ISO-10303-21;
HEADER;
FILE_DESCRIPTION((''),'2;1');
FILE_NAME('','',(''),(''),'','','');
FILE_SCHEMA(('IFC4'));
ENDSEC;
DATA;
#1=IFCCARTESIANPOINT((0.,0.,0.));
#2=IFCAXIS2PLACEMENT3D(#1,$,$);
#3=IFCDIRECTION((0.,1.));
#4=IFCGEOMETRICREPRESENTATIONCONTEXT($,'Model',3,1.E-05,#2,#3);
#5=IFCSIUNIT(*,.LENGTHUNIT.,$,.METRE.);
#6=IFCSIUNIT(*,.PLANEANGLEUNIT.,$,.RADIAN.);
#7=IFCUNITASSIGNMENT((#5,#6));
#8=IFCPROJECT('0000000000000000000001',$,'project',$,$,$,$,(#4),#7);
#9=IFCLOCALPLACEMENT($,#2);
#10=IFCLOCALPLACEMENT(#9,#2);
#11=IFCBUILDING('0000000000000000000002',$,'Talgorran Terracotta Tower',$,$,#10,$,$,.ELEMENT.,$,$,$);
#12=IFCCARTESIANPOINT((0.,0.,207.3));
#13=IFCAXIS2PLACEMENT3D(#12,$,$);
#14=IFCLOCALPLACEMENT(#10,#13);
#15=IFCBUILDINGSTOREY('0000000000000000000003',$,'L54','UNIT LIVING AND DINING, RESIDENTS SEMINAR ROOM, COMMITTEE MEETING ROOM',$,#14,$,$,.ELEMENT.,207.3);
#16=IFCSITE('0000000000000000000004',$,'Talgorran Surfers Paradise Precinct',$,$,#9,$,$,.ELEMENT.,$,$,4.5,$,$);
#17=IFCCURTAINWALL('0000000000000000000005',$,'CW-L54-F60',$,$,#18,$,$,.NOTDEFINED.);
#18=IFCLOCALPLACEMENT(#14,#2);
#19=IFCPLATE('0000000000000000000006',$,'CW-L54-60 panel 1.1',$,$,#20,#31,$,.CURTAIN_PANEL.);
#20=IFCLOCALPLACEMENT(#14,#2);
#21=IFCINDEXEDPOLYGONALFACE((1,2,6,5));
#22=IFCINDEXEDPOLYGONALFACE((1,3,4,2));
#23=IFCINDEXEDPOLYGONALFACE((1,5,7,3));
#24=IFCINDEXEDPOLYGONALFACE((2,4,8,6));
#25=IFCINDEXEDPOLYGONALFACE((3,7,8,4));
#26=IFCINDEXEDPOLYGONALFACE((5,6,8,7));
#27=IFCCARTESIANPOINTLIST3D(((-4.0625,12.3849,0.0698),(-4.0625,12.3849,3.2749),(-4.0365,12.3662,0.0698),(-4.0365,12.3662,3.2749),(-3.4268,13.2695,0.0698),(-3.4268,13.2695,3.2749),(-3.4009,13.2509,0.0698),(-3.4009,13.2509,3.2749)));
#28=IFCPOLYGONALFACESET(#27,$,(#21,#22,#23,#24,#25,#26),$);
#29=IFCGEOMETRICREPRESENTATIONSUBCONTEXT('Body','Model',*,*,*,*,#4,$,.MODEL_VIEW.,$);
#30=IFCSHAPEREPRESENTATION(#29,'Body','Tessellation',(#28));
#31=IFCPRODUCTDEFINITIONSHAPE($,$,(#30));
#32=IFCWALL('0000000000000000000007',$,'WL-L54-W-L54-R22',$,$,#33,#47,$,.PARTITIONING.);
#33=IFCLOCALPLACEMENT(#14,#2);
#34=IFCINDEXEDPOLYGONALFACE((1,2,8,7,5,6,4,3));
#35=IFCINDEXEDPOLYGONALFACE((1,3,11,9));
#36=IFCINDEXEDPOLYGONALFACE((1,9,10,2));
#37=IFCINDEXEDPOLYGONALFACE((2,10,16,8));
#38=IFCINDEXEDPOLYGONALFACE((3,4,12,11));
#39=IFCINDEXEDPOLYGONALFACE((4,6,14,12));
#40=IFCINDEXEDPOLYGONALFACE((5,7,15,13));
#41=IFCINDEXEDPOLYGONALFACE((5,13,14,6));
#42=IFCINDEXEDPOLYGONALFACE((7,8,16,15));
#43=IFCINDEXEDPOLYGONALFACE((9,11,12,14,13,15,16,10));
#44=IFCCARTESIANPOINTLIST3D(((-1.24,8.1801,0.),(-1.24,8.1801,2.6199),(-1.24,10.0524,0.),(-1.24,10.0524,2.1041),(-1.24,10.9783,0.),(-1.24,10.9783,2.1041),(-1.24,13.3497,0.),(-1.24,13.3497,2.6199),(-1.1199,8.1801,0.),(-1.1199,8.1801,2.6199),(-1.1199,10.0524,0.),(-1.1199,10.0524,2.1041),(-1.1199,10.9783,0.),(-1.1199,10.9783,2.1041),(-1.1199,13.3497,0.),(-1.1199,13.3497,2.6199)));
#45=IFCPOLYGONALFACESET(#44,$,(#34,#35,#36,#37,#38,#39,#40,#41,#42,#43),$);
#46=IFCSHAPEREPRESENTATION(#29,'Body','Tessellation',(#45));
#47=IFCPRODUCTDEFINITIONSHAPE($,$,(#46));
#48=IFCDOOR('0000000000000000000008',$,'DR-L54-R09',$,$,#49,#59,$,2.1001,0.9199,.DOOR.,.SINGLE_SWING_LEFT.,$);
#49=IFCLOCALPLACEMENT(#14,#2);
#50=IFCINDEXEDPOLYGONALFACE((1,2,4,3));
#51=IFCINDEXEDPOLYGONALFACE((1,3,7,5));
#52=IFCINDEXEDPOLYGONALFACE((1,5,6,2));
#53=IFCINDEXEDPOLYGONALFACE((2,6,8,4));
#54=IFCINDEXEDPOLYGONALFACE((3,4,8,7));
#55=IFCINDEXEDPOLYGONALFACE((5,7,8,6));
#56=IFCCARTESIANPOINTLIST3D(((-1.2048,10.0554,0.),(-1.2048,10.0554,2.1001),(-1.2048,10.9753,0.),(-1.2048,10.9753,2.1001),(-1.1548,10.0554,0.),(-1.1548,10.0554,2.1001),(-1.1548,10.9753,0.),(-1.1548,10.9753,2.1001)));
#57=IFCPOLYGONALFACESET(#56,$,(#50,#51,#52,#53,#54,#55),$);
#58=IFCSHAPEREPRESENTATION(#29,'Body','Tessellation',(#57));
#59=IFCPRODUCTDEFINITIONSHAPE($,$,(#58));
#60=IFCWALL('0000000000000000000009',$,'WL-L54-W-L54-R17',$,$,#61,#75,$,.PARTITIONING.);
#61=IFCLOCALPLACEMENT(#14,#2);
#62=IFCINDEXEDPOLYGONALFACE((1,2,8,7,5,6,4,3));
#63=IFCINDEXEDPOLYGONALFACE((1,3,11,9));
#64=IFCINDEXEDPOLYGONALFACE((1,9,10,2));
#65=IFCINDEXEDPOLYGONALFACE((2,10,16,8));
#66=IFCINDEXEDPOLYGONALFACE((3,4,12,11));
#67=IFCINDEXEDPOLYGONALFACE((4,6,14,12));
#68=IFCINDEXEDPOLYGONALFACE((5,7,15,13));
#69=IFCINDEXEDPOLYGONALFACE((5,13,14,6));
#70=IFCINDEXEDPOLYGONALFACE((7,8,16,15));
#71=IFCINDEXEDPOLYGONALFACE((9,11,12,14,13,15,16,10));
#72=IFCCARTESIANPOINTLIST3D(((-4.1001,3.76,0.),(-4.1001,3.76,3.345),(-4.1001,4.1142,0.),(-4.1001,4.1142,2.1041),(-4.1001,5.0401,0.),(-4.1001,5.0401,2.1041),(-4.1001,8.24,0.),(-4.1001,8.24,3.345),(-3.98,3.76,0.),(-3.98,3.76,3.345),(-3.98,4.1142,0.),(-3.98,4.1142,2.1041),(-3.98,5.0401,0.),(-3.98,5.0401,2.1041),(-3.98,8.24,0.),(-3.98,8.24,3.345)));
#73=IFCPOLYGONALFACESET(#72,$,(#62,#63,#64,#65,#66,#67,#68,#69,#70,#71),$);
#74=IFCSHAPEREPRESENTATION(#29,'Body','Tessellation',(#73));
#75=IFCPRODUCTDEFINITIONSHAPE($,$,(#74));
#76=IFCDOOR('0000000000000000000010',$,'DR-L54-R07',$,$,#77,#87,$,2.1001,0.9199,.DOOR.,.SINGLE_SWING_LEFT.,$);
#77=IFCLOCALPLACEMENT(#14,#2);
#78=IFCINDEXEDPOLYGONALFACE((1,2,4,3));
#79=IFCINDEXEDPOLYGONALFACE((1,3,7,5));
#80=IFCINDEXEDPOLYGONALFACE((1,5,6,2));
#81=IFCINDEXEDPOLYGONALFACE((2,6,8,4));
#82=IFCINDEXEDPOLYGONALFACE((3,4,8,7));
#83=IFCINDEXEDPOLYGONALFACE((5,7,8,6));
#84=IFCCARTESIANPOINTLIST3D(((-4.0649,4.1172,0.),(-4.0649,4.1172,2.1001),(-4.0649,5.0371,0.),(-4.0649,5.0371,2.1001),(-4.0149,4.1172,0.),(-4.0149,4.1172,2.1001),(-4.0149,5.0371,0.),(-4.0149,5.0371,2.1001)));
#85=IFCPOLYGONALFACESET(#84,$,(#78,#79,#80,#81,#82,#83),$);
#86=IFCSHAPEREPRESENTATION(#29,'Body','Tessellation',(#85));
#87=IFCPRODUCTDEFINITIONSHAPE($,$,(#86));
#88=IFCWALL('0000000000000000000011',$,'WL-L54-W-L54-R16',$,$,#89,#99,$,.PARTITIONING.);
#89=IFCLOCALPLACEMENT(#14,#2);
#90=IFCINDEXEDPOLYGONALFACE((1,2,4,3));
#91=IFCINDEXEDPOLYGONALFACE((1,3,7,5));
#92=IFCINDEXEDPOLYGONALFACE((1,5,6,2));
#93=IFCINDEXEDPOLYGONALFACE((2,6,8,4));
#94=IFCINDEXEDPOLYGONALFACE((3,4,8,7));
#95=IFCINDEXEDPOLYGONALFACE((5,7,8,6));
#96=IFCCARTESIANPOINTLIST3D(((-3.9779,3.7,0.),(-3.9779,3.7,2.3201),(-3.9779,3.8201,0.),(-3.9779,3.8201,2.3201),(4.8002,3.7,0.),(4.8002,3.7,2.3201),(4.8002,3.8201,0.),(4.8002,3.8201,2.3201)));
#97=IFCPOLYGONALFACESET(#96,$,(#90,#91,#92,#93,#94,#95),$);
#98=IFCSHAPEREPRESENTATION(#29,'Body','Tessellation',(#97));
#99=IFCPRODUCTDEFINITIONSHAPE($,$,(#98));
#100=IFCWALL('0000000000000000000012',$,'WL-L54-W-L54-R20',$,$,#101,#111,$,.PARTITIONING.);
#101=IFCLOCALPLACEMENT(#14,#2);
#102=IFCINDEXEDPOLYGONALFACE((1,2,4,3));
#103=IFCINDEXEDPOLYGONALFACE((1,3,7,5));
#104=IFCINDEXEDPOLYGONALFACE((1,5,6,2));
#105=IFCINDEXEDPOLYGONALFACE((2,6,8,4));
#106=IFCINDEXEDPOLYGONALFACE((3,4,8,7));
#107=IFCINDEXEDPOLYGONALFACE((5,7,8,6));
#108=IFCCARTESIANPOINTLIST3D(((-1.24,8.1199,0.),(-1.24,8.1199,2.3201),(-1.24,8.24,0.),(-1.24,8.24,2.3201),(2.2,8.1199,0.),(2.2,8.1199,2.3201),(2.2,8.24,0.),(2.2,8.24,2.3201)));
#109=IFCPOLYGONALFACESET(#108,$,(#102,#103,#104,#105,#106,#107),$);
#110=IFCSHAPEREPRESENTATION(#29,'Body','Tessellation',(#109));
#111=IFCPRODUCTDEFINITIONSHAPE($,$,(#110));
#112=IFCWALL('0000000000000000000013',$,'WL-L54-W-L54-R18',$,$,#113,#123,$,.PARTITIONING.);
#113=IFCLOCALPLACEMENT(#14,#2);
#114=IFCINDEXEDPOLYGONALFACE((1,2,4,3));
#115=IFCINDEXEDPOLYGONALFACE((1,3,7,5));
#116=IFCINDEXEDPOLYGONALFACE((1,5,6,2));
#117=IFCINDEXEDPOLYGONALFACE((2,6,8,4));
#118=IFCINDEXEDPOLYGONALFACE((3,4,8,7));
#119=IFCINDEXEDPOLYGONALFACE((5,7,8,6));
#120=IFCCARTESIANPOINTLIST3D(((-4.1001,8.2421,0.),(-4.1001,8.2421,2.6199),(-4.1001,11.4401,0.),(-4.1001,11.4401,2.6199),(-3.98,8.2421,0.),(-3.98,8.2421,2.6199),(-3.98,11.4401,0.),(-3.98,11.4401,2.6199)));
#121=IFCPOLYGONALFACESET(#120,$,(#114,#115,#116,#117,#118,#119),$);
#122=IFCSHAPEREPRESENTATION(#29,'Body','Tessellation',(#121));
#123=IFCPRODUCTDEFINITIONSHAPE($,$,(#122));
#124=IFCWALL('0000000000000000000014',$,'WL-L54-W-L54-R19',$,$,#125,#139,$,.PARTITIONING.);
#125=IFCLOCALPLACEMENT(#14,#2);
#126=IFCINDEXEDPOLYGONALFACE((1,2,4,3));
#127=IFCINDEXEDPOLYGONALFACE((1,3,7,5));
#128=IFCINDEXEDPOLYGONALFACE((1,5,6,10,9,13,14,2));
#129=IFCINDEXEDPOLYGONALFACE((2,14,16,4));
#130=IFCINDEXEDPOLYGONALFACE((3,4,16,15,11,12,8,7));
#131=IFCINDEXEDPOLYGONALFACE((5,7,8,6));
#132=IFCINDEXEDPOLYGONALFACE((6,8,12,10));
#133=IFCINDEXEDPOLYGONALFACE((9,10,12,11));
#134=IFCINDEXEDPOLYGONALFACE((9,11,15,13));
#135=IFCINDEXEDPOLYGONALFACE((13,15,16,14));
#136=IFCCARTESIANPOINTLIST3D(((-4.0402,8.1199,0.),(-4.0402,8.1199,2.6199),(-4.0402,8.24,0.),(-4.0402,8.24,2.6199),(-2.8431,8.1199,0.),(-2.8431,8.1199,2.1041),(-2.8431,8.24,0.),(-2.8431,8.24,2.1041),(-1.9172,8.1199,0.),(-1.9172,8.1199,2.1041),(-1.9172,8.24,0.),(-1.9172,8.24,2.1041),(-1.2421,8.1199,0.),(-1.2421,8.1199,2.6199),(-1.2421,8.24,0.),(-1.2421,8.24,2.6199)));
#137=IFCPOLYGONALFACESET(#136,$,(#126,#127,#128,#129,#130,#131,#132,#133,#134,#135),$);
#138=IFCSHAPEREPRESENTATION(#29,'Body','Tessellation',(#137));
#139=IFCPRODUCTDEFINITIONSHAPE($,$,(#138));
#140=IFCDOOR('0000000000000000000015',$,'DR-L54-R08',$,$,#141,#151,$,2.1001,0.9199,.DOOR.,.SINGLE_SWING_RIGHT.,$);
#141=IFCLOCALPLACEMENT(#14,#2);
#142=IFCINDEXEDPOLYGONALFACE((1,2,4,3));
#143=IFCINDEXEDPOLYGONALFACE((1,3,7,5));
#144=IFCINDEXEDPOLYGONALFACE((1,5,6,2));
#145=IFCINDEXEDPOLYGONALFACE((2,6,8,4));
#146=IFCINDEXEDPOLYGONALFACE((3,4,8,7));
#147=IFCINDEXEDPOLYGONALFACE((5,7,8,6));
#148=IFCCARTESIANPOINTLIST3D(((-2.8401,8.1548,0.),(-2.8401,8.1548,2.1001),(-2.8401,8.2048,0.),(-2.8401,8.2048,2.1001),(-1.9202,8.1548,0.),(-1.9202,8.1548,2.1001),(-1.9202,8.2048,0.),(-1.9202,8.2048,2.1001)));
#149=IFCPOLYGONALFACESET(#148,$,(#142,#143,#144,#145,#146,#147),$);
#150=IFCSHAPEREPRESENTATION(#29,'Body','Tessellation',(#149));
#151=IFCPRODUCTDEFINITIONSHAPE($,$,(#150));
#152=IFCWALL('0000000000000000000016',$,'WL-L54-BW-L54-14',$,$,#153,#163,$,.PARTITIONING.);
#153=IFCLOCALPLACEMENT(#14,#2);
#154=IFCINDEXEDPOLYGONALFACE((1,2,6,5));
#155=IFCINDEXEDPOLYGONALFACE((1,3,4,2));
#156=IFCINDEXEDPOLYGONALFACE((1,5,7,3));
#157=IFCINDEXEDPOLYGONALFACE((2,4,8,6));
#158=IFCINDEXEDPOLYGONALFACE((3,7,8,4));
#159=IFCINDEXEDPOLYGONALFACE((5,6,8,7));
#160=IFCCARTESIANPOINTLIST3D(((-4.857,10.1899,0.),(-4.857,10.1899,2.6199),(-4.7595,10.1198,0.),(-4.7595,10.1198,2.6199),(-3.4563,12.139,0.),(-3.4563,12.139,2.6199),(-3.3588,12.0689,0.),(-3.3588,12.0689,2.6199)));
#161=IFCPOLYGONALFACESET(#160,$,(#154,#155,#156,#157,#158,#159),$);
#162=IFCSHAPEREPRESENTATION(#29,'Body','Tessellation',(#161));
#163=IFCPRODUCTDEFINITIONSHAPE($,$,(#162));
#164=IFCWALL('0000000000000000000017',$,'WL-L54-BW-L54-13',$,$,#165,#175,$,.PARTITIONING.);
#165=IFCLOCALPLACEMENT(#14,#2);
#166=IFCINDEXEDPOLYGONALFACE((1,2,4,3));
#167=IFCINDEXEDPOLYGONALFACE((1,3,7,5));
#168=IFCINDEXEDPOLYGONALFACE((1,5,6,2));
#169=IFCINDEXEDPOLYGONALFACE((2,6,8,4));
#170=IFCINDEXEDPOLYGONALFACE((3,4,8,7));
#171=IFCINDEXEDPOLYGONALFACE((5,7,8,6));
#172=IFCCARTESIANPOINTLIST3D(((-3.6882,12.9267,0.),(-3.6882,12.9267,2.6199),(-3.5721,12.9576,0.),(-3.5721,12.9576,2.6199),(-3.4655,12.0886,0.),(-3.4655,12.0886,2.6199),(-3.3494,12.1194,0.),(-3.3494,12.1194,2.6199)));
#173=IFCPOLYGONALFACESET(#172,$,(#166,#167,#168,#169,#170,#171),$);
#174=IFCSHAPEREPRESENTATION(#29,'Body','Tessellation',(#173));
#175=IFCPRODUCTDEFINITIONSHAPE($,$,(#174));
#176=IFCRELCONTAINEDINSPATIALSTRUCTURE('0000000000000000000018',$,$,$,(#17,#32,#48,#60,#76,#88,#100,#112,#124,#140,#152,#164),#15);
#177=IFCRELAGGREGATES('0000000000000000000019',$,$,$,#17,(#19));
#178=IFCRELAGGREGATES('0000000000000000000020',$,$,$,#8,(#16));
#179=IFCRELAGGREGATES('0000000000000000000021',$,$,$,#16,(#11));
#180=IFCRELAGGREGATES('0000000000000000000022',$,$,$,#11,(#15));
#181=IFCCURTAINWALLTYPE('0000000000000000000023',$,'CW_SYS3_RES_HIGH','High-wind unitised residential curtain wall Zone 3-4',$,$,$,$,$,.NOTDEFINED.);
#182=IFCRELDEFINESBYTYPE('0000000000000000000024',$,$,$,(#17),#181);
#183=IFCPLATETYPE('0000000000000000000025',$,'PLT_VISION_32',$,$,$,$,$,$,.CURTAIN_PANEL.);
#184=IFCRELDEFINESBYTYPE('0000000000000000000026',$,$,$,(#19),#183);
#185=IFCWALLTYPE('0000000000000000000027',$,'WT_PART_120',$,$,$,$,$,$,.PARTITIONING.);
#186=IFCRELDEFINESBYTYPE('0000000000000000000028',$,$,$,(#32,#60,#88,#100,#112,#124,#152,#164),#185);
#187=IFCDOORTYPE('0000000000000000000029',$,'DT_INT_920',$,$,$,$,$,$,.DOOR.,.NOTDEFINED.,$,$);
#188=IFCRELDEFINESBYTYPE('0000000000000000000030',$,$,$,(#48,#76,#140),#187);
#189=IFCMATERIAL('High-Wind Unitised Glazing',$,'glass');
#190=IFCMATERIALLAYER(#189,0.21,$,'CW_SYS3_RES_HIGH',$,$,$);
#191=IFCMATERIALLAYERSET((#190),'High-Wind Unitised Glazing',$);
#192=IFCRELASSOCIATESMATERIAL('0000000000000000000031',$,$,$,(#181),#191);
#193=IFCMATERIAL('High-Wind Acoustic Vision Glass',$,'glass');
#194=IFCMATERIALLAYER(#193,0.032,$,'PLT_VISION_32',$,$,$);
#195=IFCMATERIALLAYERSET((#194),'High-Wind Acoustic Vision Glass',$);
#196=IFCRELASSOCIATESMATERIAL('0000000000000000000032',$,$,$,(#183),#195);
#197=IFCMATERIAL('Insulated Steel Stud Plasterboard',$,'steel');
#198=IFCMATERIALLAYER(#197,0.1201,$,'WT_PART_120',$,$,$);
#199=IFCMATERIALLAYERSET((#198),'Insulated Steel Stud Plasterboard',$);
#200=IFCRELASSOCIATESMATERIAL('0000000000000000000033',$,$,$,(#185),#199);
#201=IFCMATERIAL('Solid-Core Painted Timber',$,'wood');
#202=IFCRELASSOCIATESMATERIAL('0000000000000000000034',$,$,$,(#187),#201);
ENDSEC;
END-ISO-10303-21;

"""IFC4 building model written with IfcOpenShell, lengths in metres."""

from ifc_helpers import new_model, si_unit, direction, frame, frame_2d, origin, origin_2d, place, context, subcontext, project, spatial, rectangle, extrude, source, transform, mapped, material, layer, layer_set, type_object, type_shapes, element, fill, aggregate, save


model = new_model("IFC4")

# Units and contexts
model_context = context("Model", 3, precision=1e-05, world=origin(), true_north=direction((0.0, 1.0)))
body_context = subcontext(model_context, "Body", "Model", "MODEL_VIEW")
ifc_project = project(units=[si_unit("LENGTHUNIT", "METRE"), si_unit("PLANEANGLEUNIT", "RADIAN")], contexts=[model_context])

# Site, building, storey
site_placement = place(None, origin())
site = spatial("IfcSite", under=ifc_project, at=site_placement, Name="Talgorran Surfers Paradise Precinct", CompositionType="ELEMENT", RefElevation=4.5)
building_placement = place(site_placement, origin())
building = spatial("IfcBuilding", under=site, at=building_placement, Name="Talgorran Terracotta Tower", CompositionType="ELEMENT")
storey_placement = place(building_placement, frame((0.0, 0.0, 207.3)))
storey = spatial("IfcBuildingStorey", under=building, at=storey_placement, Name="L54", Description="UNIT LIVING AND DINING, RESIDENTS SEMINAR ROOM, COMMITTEE MEETING ROOM", CompositionType="ELEMENT", Elevation=207.3)

# Shared definitions
ifc_material_1 = material(Name="High-Wind Unitised Glazing", Category="glass")
ifc_layer_1 = layer(ifc_material_1, 0.21, Name="CW_SYS3_RES_HIGH")
ifc_layer_set_1 = layer_set([ifc_layer_1], Name="High-Wind Unitised Glazing")
curtain_wall_type = type_object("IfcCurtainWallType", Name="CW_SYS3_RES_HIGH", Description="High-wind unitised residential curtain wall Zone 3-4", PredefinedType="NOTDEFINED", material=ifc_layer_set_1)

# Curtain wall
curtain_wall_1_placement = place(storey_placement, origin())
curtain_wall_1 = element("IfcCurtainWall", 1, at=curtain_wall_1_placement, inside=storey, type_object=curtain_wall_type, Name="CW-L54-F60", PredefinedType="NOTDEFINED")

# Plate
ifc_material_2 = material(Name="High-Wind Acoustic Vision Glass", Category="glass")
ifc_layer_2 = layer(ifc_material_2, 0.032, Name="PLT_VISION_32")
ifc_layer_set_2 = layer_set([ifc_layer_2], Name="High-Wind Acoustic Vision Glass")
plate_type_1 = type_object("IfcPlateType", Name="PLT_VISION_32", PredefinedType="CURTAIN_PANEL", material=ifc_layer_set_2)
shared_shape = source(origin(), body_context, "Body", "SweptSolid", [
    extrude(rectangle(XDim=1.0894, YDim=0.032, at=origin_2d()), origin(), (0.0, 0.0, 1.0), 3.2051),
])
type_shapes(plate_type_1, [shared_shape])
plate_1_placement = place(storey_placement, frame((-3.7317, 12.8179, 0.0698), z_axis=(0.0, 0.0, 1.0), x_axis=(-0.583529, -0.812092, 0.0)))
plate_1 = element("IfcPlate", 2, at=plate_1_placement, type_object=plate_type_1, Name="CW-L54-60 panel 1.1", PredefinedType="CURTAIN_PANEL", context=body_context, shape_type="MappedRepresentation", body=[
    mapped(shared_shape, transform((0.0, 0.0, 0.0), scale=1.0)),
])
aggregate(curtain_wall_1, [plate_1])

# Walls, openings, doors
ifc_material_3 = material(Name="Insulated Steel Stud Plasterboard", Category="steel")
ifc_layer_3 = layer(ifc_material_3, 0.1201, Name="WT_PART_120")
ifc_layer_set_3 = layer_set([ifc_layer_3], Name="Insulated Steel Stud Plasterboard")
wall_type = type_object("IfcWallType", Name="WT_PART_120", PredefinedType="PARTITIONING", material=ifc_layer_set_3)
wall_1_placement = place(storey_placement, frame((-1.1799, 8.1799, 0.0), z_axis=(0.0, 0.0, 1.0), x_axis=(0.0, 1.0, 0.0)))
wall_1 = element("IfcWall", 3, at=wall_1_placement, inside=storey, type_object=wall_type, Name="WL-L54-W-L54-R22", PredefinedType="PARTITIONING", context=body_context, shape_type="SweptSolid", body=[
    extrude(rectangle(XDim=5.1697, YDim=0.1201, at=frame_2d((2.585, 0.0))), origin(), (0.0, 0.0, 1.0), 2.6199),
])
opening_1_placement = place(wall_1_placement, frame((1.8755, 0.0, 0.0)))
opening_1 = element("IfcOpeningElement", 4, at=opening_1_placement, cuts=wall_1, PredefinedType="OPENING", context=body_context, shape_type="SweptSolid", body=[
    extrude(rectangle(XDim=0.9259, YDim=2.1041, at=frame_2d((0.46, 1.052))), frame((0.0, 0.0701, 0.0), z_axis=(0.0, -1.0, 0.0), x_axis=(1.0, 0.0, 0.0)), (0.0, 0.0, 1.0), 0.1401),
])
ifc_material_4 = material(Name="Solid-Core Painted Timber", Category="wood")
door_type = type_object("IfcDoorType", Name="DT_INT_920", OperationType="NOTDEFINED", PredefinedType="DOOR", material=ifc_material_4)
door_1_placement = place(opening_1_placement, origin())
door_1 = element("IfcDoor", 5, at=door_1_placement, inside=storey, type_object=door_type, Name="DR-L54-R09", OperationType="SINGLE_SWING_LEFT", OverallHeight=2.1001, OverallWidth=0.9199, PredefinedType="DOOR", context=body_context, shape_type="SweptSolid", body=[
    extrude(rectangle(XDim=0.9199, YDim=2.1001, at=frame_2d((0.46, 1.05))), frame((0.0, 0.0249, 0.0), z_axis=(0.0, -1.0, 0.0), x_axis=(1.0, 0.0, 0.0)), (0.0, 0.0, 1.0), 0.05),
])
fill(opening_1, door_1)
wall_2_placement = place(storey_placement, frame((-4.04, 3.76, 0.0), z_axis=(0.0, 0.0, 1.0), x_axis=(0.0, 1.0, 0.0)))
wall_2 = element("IfcWall", 6, at=wall_2_placement, inside=storey, type_object=wall_type, Name="WL-L54-W-L54-R17", PredefinedType="PARTITIONING", context=body_context, shape_type="SweptSolid", body=[
    extrude(rectangle(XDim=4.48, YDim=0.1201, at=frame_2d((2.24, 0.0))), origin(), (0.0, 0.0, 1.0), 3.345),
])
opening_2_placement = place(wall_2_placement, frame((0.3572, 0.0, 0.0)))
opening_2 = element("IfcOpeningElement", 7, at=opening_2_placement, cuts=wall_2, PredefinedType="OPENING", context=body_context, shape_type="SweptSolid", body=[
    extrude(rectangle(XDim=0.9259, YDim=2.1041, at=frame_2d((0.46, 1.052))), frame((0.0, 0.0701, 0.0), z_axis=(0.0, -1.0, 0.0), x_axis=(1.0, 0.0, 0.0)), (0.0, 0.0, 1.0), 0.1401),
])
door_2_placement = place(opening_2_placement, origin())
door_2 = element("IfcDoor", 8, at=door_2_placement, inside=storey, type_object=door_type, Name="DR-L54-R07", OperationType="SINGLE_SWING_LEFT", OverallHeight=2.1001, OverallWidth=0.9199, PredefinedType="DOOR", context=body_context, shape_type="SweptSolid", body=[
    extrude(rectangle(XDim=0.9199, YDim=2.1001, at=frame_2d((0.46, 1.05))), frame((0.0, 0.0249, 0.0), z_axis=(0.0, -1.0, 0.0), x_axis=(1.0, 0.0, 0.0)), (0.0, 0.0, 1.0), 0.05),
])
fill(opening_2, door_2)

# Walls
wall_3_placement = place(storey_placement, frame((-3.978, 3.76, 0.0), z_axis=(0.0, 0.0, 1.0), x_axis=(1.0, 0.0, 0.0)))
element("IfcWall", 9, at=wall_3_placement, inside=storey, type_object=wall_type, Name="WL-L54-W-L54-R16", PredefinedType="PARTITIONING", context=body_context, shape_type="SweptSolid", body=[
    extrude(rectangle(XDim=8.7781, YDim=0.1201, at=frame_2d((4.3892, 0.0))), origin(), (0.0, 0.0, 1.0), 2.3201),
])
wall_4_placement = place(storey_placement, frame((-1.24, 8.1799, 0.0), z_axis=(0.0, 0.0, 1.0), x_axis=(1.0, 0.0, 0.0)))
element("IfcWall", 10, at=wall_4_placement, inside=storey, type_object=wall_type, Name="WL-L54-W-L54-R20", PredefinedType="PARTITIONING", context=body_context, shape_type="SweptSolid", body=[
    extrude(rectangle(XDim=3.4399, YDim=0.1201, at=frame_2d((1.72, 0.0))), origin(), (0.0, 0.0, 1.0), 2.3201),
])
wall_5_placement = place(storey_placement, frame((-4.04, 8.2419, 0.0), z_axis=(0.0, 0.0, 1.0), x_axis=(0.0, 1.0, 0.0)))
element("IfcWall", 11, at=wall_5_placement, inside=storey, type_object=wall_type, Name="WL-L54-W-L54-R18", PredefinedType="PARTITIONING", context=body_context, shape_type="SweptSolid", body=[
    extrude(rectangle(XDim=3.198, YDim=0.1201, at=frame_2d((1.5991, 0.0))), origin(), (0.0, 0.0, 1.0), 2.6199),
])

# Wall, opening, door
wall_6_placement = place(storey_placement, frame((-4.04, 8.1799, 0.0), z_axis=(0.0, 0.0, 1.0), x_axis=(1.0, 0.0, 0.0)))
wall_6 = element("IfcWall", 12, at=wall_6_placement, inside=storey, type_object=wall_type, Name="WL-L54-W-L54-R19", PredefinedType="PARTITIONING", context=body_context, shape_type="SweptSolid", body=[
    extrude(rectangle(XDim=2.7981, YDim=0.1201, at=frame_2d((1.3989, 0.0))), origin(), (0.0, 0.0, 1.0), 2.6199),
])
opening_3_placement = place(wall_6_placement, frame((1.2, 0.0, 0.0)))
opening_3 = element("IfcOpeningElement", 13, at=opening_3_placement, cuts=wall_6, PredefinedType="OPENING", context=body_context, shape_type="SweptSolid", body=[
    extrude(rectangle(XDim=0.9259, YDim=2.1041, at=frame_2d((0.46, 1.052))), frame((0.0, 0.0701, 0.0), z_axis=(0.0, -1.0, 0.0), x_axis=(1.0, 0.0, 0.0)), (0.0, 0.0, 1.0), 0.1401),
])
door_3_placement = place(opening_3_placement, origin())
door_3 = element("IfcDoor", 14, at=door_3_placement, inside=storey, type_object=door_type, Name="DR-L54-R08", OperationType="SINGLE_SWING_RIGHT", OverallHeight=2.1001, OverallWidth=0.9199, PredefinedType="DOOR", context=body_context, shape_type="SweptSolid", body=[
    extrude(rectangle(XDim=0.9199, YDim=2.1001, at=frame_2d((0.46, 1.05))), frame((0.0, 0.0249, 0.0), z_axis=(0.0, -1.0, 0.0), x_axis=(1.0, 0.0, 0.0)), (0.0, 0.0, 1.0), 0.05),
])
fill(opening_3, door_3)

# Walls
wall_7_placement = place(storey_placement, frame((-3.4075, 12.104, 0.0), z_axis=(0.0, 0.0, 1.0), x_axis=(-0.583584, -0.812053, 0.0)))
element("IfcWall", 15, at=wall_7_placement, inside=storey, type_object=wall_type, Name="WL-L54-BW-L54-14", PredefinedType="PARTITIONING", context=body_context, shape_type="SweptSolid", body=[
    extrude(rectangle(XDim=2.4001, YDim=0.1201, at=frame_2d((1.2002, 0.0))), origin(), (0.0, 0.0, 1.0), 2.6199),
])
wall_8_placement = place(storey_placement, frame((-3.6301, 12.9421, 0.0), z_axis=(0.0, 0.0, 1.0), x_axis=(0.256751, -0.966477, 0.0)))
element("IfcWall", 16, at=wall_8_placement, inside=storey, type_object=wall_type, Name="WL-L54-BW-L54-13", PredefinedType="PARTITIONING", context=body_context, shape_type="SweptSolid", body=[
    extrude(rectangle(XDim=0.8672, YDim=0.1201, at=frame_2d((0.4336, 0.0))), origin(), (0.0, 0.0, 1.0), 2.6199),
])

save(model, "model.ifc")
